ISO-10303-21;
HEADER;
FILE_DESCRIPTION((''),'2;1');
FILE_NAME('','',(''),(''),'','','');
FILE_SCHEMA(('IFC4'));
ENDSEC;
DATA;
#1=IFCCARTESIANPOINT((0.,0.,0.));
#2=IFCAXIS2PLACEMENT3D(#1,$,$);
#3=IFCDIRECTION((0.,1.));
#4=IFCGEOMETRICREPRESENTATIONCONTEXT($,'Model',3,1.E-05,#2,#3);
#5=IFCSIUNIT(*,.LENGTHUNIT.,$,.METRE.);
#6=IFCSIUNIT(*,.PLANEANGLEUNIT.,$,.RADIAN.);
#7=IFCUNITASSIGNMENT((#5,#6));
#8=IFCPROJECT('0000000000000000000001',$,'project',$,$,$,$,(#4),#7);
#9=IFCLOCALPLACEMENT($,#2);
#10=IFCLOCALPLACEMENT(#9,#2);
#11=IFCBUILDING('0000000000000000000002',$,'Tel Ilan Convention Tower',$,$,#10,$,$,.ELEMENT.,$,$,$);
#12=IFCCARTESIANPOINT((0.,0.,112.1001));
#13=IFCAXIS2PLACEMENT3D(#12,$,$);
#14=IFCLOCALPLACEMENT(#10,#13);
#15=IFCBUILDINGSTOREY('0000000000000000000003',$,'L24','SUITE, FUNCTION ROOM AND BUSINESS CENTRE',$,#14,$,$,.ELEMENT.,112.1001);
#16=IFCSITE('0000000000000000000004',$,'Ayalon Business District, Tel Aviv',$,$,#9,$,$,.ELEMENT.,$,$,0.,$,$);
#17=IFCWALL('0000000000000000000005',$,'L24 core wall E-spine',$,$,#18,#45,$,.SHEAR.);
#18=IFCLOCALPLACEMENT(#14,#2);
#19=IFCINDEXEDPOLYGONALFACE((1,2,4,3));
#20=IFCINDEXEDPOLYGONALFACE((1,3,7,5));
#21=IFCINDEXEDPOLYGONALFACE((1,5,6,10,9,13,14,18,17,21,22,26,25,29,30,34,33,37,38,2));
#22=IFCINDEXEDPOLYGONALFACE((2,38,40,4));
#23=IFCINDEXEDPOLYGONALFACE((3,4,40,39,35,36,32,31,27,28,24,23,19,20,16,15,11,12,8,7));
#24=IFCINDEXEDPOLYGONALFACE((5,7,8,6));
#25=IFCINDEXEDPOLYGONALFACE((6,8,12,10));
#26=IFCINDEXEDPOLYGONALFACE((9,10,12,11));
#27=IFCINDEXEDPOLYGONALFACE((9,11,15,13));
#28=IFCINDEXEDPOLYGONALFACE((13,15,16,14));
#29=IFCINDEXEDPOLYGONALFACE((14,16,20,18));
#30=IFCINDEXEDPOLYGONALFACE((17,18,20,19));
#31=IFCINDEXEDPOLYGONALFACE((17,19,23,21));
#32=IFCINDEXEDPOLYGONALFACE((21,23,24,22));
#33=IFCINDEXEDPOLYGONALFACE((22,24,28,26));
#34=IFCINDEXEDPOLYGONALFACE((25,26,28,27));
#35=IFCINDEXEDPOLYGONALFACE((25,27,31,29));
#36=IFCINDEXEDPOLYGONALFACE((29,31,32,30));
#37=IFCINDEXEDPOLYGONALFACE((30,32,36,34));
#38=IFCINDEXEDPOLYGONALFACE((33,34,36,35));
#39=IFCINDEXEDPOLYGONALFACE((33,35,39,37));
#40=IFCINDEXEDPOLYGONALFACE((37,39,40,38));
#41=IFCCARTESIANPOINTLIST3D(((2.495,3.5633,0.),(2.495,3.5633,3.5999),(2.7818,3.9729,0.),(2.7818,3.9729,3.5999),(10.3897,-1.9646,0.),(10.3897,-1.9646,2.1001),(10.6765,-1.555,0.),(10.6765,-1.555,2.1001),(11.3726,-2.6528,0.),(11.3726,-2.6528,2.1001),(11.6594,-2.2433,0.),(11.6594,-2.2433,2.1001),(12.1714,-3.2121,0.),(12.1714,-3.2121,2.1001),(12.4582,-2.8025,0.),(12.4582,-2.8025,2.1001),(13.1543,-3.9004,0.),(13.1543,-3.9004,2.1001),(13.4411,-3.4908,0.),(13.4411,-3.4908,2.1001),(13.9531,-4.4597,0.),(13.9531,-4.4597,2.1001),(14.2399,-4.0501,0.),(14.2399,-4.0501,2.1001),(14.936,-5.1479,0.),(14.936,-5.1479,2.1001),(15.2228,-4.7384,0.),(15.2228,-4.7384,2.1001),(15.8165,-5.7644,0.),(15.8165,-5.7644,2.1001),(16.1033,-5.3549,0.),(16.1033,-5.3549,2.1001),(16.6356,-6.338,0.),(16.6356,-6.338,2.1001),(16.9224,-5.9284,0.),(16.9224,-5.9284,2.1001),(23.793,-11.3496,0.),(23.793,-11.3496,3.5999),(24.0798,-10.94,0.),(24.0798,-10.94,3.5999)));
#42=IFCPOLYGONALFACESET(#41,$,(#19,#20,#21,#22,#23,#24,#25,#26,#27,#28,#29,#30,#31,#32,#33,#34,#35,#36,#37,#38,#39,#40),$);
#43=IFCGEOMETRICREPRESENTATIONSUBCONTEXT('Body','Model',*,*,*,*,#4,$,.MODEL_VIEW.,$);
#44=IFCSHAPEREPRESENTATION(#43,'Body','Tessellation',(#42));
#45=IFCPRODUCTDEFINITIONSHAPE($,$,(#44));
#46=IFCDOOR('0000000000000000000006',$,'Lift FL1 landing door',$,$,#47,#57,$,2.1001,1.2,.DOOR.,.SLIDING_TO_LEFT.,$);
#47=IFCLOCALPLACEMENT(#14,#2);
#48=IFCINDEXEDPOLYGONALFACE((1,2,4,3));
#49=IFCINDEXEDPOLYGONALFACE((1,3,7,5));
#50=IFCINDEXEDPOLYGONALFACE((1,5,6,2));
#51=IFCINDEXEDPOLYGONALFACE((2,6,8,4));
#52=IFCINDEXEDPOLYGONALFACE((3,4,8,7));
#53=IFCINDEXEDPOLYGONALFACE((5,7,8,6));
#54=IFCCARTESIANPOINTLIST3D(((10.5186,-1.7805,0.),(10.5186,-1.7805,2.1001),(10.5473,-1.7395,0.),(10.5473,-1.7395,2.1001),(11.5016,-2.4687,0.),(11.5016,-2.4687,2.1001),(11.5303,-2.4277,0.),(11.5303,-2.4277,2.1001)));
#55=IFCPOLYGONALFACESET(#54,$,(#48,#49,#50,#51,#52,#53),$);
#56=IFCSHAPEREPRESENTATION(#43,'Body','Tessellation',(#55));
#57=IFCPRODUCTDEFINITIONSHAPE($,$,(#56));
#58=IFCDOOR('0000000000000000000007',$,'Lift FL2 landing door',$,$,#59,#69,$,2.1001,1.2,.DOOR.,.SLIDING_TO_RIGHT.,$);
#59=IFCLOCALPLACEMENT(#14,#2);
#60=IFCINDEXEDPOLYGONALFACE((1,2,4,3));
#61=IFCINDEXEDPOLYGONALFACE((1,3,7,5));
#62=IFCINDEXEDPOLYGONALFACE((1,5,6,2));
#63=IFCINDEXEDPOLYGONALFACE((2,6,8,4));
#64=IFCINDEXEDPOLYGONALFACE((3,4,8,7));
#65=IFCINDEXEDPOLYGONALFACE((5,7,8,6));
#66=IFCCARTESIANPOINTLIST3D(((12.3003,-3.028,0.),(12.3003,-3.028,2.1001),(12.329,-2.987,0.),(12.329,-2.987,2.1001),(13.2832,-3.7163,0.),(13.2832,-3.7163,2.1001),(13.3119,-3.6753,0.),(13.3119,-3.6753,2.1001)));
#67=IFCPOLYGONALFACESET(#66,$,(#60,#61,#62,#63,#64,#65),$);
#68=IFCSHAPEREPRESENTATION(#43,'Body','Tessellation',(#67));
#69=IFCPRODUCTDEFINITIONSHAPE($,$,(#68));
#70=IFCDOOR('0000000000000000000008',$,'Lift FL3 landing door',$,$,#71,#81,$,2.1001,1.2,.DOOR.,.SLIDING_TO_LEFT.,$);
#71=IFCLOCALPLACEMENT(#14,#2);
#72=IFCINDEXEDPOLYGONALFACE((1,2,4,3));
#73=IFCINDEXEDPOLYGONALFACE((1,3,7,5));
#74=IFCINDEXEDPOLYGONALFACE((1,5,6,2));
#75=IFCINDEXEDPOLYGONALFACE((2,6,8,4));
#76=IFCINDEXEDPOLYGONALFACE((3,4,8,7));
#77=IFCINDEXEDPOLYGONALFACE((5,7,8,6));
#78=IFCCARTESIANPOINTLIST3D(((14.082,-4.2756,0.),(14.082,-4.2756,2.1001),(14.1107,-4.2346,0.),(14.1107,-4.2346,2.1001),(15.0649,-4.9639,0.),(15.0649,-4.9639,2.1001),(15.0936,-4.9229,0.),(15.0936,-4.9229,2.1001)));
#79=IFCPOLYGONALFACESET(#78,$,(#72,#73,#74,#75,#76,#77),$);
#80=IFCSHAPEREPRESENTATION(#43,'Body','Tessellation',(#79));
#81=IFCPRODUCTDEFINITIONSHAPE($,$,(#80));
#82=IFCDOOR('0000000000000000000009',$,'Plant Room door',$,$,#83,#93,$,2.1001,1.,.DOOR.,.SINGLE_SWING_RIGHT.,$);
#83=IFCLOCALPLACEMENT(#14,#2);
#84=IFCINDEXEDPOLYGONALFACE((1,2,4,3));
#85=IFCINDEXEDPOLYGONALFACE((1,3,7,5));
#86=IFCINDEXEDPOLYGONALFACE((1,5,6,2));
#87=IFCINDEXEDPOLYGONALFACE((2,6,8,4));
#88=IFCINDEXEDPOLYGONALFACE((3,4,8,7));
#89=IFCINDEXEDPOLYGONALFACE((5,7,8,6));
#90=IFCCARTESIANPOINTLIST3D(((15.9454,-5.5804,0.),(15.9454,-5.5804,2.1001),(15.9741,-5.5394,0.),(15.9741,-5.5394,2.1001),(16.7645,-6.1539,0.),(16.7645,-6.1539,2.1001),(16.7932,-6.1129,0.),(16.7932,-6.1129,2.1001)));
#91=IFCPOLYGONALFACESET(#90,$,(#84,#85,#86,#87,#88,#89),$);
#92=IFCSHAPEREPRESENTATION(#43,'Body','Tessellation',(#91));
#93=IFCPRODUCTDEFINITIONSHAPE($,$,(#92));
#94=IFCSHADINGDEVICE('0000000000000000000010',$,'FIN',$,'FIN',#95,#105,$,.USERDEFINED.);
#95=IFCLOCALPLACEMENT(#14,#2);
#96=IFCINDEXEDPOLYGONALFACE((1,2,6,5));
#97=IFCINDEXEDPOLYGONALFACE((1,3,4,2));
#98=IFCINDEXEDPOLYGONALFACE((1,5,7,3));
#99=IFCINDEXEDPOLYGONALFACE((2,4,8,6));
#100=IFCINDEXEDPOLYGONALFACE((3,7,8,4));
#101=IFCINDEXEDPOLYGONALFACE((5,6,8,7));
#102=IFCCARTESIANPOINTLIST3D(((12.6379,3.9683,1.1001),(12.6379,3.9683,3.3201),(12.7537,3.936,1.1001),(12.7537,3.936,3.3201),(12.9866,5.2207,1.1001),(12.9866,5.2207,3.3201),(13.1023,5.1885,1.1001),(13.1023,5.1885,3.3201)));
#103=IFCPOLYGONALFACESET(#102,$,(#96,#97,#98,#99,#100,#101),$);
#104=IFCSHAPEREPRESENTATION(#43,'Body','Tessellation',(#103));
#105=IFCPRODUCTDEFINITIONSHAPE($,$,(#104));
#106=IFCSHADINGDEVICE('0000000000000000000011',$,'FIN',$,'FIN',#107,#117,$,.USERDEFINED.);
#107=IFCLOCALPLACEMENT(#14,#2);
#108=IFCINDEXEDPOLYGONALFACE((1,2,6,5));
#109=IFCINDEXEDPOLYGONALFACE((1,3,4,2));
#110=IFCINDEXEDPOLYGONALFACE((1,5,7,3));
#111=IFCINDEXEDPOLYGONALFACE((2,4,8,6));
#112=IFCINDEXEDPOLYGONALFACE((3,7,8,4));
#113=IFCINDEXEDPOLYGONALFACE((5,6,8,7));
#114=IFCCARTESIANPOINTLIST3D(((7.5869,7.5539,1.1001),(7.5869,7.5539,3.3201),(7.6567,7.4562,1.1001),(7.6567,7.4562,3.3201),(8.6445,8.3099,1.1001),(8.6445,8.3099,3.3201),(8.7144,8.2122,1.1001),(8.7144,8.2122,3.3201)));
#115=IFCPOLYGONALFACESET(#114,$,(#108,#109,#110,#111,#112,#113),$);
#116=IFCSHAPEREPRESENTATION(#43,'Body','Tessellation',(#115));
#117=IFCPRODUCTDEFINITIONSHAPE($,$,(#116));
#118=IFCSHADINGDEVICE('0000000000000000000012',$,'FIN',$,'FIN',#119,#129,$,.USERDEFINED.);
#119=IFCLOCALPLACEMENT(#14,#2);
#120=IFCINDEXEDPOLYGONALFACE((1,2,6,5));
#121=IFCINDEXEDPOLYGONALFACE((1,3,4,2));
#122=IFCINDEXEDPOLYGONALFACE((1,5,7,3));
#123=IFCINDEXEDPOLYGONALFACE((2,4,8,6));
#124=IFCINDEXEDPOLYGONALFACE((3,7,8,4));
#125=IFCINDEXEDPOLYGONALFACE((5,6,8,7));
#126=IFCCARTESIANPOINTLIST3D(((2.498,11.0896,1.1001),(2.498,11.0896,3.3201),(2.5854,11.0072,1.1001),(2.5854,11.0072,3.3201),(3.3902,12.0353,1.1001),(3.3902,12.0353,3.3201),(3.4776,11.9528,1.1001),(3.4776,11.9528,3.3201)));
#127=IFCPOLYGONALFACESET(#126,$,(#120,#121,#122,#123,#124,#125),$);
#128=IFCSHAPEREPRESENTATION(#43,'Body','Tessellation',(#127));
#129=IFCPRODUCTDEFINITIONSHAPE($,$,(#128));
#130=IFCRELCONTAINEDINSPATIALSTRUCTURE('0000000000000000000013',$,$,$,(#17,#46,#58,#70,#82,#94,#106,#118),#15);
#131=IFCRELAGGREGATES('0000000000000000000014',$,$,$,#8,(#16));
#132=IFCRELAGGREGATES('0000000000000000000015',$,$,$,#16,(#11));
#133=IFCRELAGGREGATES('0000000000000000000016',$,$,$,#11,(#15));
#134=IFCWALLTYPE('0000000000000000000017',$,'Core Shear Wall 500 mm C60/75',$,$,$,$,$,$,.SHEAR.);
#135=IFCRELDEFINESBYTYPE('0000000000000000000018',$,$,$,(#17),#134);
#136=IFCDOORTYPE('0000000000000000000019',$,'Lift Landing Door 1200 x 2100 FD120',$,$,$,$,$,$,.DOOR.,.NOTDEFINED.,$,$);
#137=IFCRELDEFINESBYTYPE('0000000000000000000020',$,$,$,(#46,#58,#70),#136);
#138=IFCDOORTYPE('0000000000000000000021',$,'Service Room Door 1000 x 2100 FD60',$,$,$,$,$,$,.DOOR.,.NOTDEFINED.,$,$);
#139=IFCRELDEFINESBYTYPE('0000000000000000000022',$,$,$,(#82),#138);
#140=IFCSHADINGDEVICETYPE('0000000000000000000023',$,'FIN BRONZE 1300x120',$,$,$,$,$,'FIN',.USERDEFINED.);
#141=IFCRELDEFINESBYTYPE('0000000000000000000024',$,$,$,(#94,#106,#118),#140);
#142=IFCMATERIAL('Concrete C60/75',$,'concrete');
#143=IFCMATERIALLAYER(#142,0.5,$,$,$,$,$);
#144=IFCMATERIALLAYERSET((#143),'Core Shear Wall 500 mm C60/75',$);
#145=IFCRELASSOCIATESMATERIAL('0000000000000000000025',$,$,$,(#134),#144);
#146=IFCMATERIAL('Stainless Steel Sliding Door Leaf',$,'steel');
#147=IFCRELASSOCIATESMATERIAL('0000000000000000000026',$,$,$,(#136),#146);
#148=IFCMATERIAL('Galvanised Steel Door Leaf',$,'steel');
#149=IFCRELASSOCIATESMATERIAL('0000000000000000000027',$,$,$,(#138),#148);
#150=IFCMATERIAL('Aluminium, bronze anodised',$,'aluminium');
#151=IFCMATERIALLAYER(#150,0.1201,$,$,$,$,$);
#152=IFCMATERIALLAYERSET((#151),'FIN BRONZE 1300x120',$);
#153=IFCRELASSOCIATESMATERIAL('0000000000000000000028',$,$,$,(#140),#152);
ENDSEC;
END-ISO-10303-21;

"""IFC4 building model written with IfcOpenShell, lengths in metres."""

from ifc_helpers import new_model, si_unit, direction, frame, frame_2d, origin, origin_2d, place, context, subcontext, project, spatial, polyline, rectangle, outline, extrude, material, layer, layer_set, type_object, element, fill, save


model = new_model("IFC4")

# Units and contexts
model_context = context("Model", 3, precision=1e-05, world=origin(), true_north=direction((0.0, 1.0)))
body_context = subcontext(model_context, "Body", "Model", "MODEL_VIEW")
ifc_project = project(units=[si_unit("LENGTHUNIT", "METRE"), si_unit("PLANEANGLEUNIT", "RADIAN")], contexts=[model_context])

# Site, building, storey
site_placement = place(None, origin())
site = spatial("IfcSite", under=ifc_project, at=site_placement, Name="Ayalon Business District, Tel Aviv", CompositionType="ELEMENT", RefElevation=0.0)
building_placement = place(site_placement, origin())
building = spatial("IfcBuilding", under=site, at=building_placement, Name="Tel Ilan Convention Tower", CompositionType="ELEMENT")
storey_placement = place(building_placement, frame((0.0, 0.0, 112.1001)))
storey = spatial("IfcBuildingStorey", under=building, at=storey_placement, Name="L24", Description="SUITE, FUNCTION ROOM AND BUSINESS CENTRE", CompositionType="ELEMENT", Elevation=112.1001)

# Wall, openings, doors
ifc_material_1 = material(Name="Concrete C60/75", Category="concrete")
ifc_layer_1 = layer(ifc_material_1, 0.5)
ifc_layer_set_1 = layer_set([ifc_layer_1], Name="Core Shear Wall 500 mm C60/75")
wall_type_1 = type_object("IfcWallType", Name="Core Shear Wall 500 mm C60/75", PredefinedType="SHEAR", material=ifc_layer_set_1)
wall_1_placement = place(storey_placement, frame((2.6384, 3.7681, 0.0), z_axis=(0.0, 0.0, 1.0), x_axis=(0.819149, -0.573581, 0.0)))
wall_1 = element("IfcWall", 1, at=wall_1_placement, inside=storey, type_object=wall_type_1, Name="L24 core wall E-spine", PredefinedType="SHEAR", context=body_context, shape_type="SweptSolid", body=[
    extrude(outline(polyline([(0.0, 0.25), (0.0, -0.25), (26.0, -0.2498), (26.0, 0.2502), (0.0, 0.25)])), origin(), (0.0, 0.0, 1.0), 3.5999),
])
opening_1_placement = place(wall_1_placement, frame((9.6375, 0.0, 0.0)))
opening_1 = element("IfcOpeningElement", 2, at=opening_1_placement, cuts=wall_1, PredefinedType="OPENING", context=body_context, shape_type="SweptSolid", body=[
    extrude(rectangle(XDim=1.2, YDim=2.1001, at=frame_2d((0.6001, 1.05))), frame((0.0, 0.26, 0.0), z_axis=(0.0, -1.0, 0.0), x_axis=(1.0, 0.0, 0.0)), (0.0, 0.0, 1.0), 0.52),
])
opening_2_placement = place(wall_1_placement, frame((11.8125, 0.0, 0.0)))
opening_2 = element("IfcOpeningElement", 3, at=opening_2_placement, cuts=wall_1, PredefinedType="OPENING", context=body_context, shape_type="SweptSolid", body=[
    extrude(rectangle(XDim=1.2, YDim=2.1001, at=frame_2d((0.6001, 1.05))), frame((0.0, 0.26, 0.0), z_axis=(0.0, -1.0, 0.0), x_axis=(1.0, 0.0, 0.0)), (0.0, 0.0, 1.0), 0.52),
])
opening_3_placement = place(wall_1_placement, frame((13.9875, 0.0, 0.0)))
opening_3 = element("IfcOpeningElement", 4, at=opening_3_placement, cuts=wall_1, PredefinedType="OPENING", context=body_context, shape_type="SweptSolid", body=[
    extrude(rectangle(XDim=1.2, YDim=2.1001, at=frame_2d((0.6001, 1.05))), frame((0.0, 0.26, 0.0), z_axis=(0.0, -1.0, 0.0), x_axis=(1.0, 0.0, 0.0)), (0.0, 0.0, 1.0), 0.52),
])
opening_4_placement = place(wall_1_placement, frame((16.2625, 0.0, 0.0)))
opening_4 = element("IfcOpeningElement", 5, at=opening_4_placement, cuts=wall_1, PredefinedType="OPENING", context=body_context, shape_type="SweptSolid", body=[
    extrude(rectangle(XDim=1.0, YDim=2.1001, at=frame_2d((0.5, 1.05))), frame((0.0, 0.26, 0.0), z_axis=(0.0, -1.0, 0.0), x_axis=(1.0, 0.0, 0.0)), (0.0, 0.0, 1.0), 0.52),
])
ifc_material_2 = material(Name="Stainless Steel Sliding Door Leaf", Category="steel")
door_type_1 = type_object("IfcDoorType", Name="Lift Landing Door 1200 x 2100 FD120", OperationType="NOTDEFINED", PredefinedType="DOOR", material=ifc_material_2)
door_1_placement = place(opening_1_placement, origin())
door_1 = element("IfcDoor", 6, at=door_1_placement, inside=storey, type_object=door_type_1, Name="Lift FL1 landing door", OperationType="SLIDING_TO_LEFT", OverallHeight=2.1001, OverallWidth=1.2, PredefinedType="DOOR", context=body_context, shape_type="SweptSolid", body=[
    extrude(rectangle(XDim=1.2, YDim=2.1001, at=frame_2d((0.6001, 1.05))), frame((0.0, 0.0249, 0.0), z_axis=(0.0, -1.0, 0.0), x_axis=(1.0, 0.0, 0.0)), (0.0, 0.0, 1.0), 0.05),
])
fill(opening_1, door_1)
door_2_placement = place(opening_2_placement, origin())
door_2 = element("IfcDoor", 7, at=door_2_placement, inside=storey, type_object=door_type_1, Name="Lift FL2 landing door", OperationType="SLIDING_TO_RIGHT", OverallHeight=2.1001, OverallWidth=1.2, PredefinedType="DOOR", context=body_context, shape_type="SweptSolid", body=[
    extrude(rectangle(XDim=1.2, YDim=2.1001, at=frame_2d((0.6001, 1.05))), frame((0.0, 0.0249, 0.0), z_axis=(0.0, -1.0, 0.0), x_axis=(1.0, 0.0, 0.0)), (0.0, 0.0, 1.0), 0.05),
])
fill(opening_2, door_2)
door_3_placement = place(opening_3_placement, origin())
door_3 = element("IfcDoor", 8, at=door_3_placement, inside=storey, type_object=door_type_1, Name="Lift FL3 landing door", OperationType="SLIDING_TO_LEFT", OverallHeight=2.1001, OverallWidth=1.2, PredefinedType="DOOR", context=body_context, shape_type="SweptSolid", body=[
    extrude(rectangle(XDim=1.2, YDim=2.1001, at=frame_2d((0.6001, 1.05))), frame((0.0, 0.0249, 0.0), z_axis=(0.0, -1.0, 0.0), x_axis=(1.0, 0.0, 0.0)), (0.0, 0.0, 1.0), 0.05),
])
fill(opening_3, door_3)
ifc_material_3 = material(Name="Galvanised Steel Door Leaf", Category="steel")
door_type_2 = type_object("IfcDoorType", Name="Service Room Door 1000 x 2100 FD60", OperationType="NOTDEFINED", PredefinedType="DOOR", material=ifc_material_3)
door_4_placement = place(opening_4_placement, origin())
door_4 = element("IfcDoor", 9, at=door_4_placement, inside=storey, type_object=door_type_2, Name="Plant Room door", OperationType="SINGLE_SWING_RIGHT", OverallHeight=2.1001, OverallWidth=1.0, PredefinedType="DOOR", context=body_context, shape_type="SweptSolid", body=[
    extrude(rectangle(XDim=1.0, YDim=2.1001, at=frame_2d((0.5, 1.05))), frame((0.0, 0.0249, 0.0), z_axis=(0.0, -1.0, 0.0), x_axis=(1.0, 0.0, 0.0)), (0.0, 0.0, 1.0), 0.05),
])
fill(opening_4, door_4)

# Shading devices
ifc_material_4 = material(Name="Aluminium, bronze anodised", Category="aluminium")
ifc_layer_2 = layer(ifc_material_4, 0.1201)
ifc_layer_set_2 = layer_set([ifc_layer_2], Name="FIN BRONZE 1300x120")
shading_device_type = type_object("IfcShadingDeviceType", Name="FIN BRONZE 1300x120", ElementType="FIN", PredefinedType="USERDEFINED", material=ifc_layer_set_2)
for number, where, z_axis, x_axis, name in (
    (10, (12.8701, 4.5784, 1.1001), (0.0, 0.0, 1.0), (0.268173, 0.963371, 0.0), "FIN"),
    (11, (8.1506, 7.8831, 1.1001), (0.0, 0.0, 1.0), (0.813552, 0.581492, 0.0), "FIN"),
    (12, (2.9878, 11.5212, 1.1001), (0.0, 0.0, 1.0), (0.686242, 0.727374, 0.0), "FIN"),
):
    element("IfcShadingDevice", number, at=place(storey_placement, frame(where, z_axis=z_axis, x_axis=x_axis)), inside=storey, type_object=shading_device_type, Name=name, ObjectType="FIN", PredefinedType="USERDEFINED", context=body_context, shape_type="SweptSolid", body=[
        extrude(rectangle(XDim=1.3, YDim=0.1201, at=origin_2d()), origin(), (0.0, 0.0, 1.0), 2.22),
    ])

save(model, "model.ifc")
